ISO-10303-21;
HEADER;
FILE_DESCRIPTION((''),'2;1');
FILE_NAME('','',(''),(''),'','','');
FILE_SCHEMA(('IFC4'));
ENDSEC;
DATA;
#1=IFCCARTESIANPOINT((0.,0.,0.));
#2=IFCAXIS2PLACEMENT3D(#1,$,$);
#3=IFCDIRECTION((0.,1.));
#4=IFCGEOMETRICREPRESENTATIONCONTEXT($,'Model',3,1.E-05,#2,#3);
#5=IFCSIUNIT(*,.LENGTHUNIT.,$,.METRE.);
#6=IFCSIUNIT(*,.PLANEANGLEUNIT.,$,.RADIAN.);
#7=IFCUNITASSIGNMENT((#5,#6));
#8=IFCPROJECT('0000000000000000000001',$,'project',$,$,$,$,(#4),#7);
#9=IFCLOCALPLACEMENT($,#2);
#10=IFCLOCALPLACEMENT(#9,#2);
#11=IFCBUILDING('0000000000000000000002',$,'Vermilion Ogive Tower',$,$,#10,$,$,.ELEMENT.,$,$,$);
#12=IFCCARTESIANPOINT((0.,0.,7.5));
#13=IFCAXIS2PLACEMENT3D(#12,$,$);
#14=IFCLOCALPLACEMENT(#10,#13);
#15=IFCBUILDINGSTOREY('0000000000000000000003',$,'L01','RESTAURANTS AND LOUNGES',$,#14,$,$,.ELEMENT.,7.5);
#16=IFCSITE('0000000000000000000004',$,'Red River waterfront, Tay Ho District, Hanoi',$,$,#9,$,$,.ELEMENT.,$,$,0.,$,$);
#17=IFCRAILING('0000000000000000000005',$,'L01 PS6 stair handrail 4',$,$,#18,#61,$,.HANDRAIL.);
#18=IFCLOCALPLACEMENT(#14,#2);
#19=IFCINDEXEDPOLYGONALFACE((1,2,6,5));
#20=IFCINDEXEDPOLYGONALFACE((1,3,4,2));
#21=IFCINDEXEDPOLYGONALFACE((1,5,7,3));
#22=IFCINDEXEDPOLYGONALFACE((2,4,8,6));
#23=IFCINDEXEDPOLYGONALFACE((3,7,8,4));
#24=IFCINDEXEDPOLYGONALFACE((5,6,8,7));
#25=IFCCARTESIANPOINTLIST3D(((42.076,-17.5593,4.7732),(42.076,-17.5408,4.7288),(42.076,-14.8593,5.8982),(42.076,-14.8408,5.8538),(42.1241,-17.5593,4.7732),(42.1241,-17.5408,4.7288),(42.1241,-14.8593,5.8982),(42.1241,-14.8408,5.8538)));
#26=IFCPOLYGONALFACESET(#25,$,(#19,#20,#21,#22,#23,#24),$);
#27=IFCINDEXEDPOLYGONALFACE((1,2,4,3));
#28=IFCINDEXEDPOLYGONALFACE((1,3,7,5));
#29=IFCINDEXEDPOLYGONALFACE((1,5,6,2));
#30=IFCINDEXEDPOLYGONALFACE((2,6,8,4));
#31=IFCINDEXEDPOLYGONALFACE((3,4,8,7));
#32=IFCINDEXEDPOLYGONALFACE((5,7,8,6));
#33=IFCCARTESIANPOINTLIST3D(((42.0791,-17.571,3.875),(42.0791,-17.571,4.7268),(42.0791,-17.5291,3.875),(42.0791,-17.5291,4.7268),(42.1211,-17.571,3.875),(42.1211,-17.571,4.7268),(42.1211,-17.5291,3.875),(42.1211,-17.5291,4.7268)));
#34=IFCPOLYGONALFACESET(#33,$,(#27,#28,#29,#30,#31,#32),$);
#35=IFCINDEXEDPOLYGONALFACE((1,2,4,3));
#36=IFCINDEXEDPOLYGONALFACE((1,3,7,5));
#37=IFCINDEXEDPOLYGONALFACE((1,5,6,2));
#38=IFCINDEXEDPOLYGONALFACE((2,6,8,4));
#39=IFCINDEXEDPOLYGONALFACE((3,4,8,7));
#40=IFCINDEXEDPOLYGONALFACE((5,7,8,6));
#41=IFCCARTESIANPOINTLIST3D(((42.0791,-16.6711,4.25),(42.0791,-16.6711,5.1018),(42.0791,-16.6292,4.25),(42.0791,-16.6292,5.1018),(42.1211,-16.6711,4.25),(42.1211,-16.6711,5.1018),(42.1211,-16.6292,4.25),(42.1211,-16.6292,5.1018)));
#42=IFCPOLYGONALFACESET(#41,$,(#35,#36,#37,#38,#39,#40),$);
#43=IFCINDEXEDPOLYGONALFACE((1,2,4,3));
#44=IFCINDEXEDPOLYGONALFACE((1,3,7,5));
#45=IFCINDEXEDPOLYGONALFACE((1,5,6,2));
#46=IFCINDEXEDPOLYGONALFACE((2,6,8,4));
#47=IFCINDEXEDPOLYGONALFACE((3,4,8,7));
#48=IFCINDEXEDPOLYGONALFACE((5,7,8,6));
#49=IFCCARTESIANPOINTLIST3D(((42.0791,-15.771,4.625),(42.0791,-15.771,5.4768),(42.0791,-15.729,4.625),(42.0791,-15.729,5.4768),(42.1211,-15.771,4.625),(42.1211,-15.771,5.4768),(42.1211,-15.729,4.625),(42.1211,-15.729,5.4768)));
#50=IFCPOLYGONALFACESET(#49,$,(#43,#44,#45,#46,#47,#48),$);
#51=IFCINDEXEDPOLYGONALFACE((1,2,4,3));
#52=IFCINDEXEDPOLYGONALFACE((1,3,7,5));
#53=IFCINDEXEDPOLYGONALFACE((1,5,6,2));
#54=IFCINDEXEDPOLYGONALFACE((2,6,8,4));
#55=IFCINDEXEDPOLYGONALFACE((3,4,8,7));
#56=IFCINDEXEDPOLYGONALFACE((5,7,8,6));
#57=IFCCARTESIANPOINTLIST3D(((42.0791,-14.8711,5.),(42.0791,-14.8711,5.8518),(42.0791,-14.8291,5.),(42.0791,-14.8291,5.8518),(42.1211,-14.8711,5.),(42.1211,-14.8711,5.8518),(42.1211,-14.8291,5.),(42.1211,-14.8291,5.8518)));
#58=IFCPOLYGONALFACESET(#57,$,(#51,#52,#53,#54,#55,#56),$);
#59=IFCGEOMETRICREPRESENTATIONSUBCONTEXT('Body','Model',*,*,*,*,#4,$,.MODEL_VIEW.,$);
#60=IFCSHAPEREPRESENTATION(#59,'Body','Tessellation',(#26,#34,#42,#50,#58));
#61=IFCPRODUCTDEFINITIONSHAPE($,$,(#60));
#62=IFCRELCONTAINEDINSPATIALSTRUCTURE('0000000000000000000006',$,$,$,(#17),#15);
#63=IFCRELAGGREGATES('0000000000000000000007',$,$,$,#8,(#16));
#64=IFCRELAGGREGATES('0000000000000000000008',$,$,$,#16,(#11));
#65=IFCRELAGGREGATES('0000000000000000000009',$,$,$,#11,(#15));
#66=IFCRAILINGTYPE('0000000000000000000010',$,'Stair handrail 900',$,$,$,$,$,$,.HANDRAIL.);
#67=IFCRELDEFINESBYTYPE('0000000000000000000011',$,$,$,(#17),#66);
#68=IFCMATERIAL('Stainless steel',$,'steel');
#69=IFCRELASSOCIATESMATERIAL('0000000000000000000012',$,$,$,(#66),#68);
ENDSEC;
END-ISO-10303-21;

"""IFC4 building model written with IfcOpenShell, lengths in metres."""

from ifc_helpers import new_model, si_unit, direction, frame, origin, origin_2d, place, context, subcontext, project, spatial, rectangle, extrude, material, type_object, element, save


model = new_model("IFC4")

# Units and contexts
model_context = context("Model", 3, precision=1e-05, world=origin(), true_north=direction((0.0, 1.0)))
body_context = subcontext(model_context, "Body", "Model", "MODEL_VIEW")
ifc_project = project(units=[si_unit("LENGTHUNIT", "METRE"), si_unit("PLANEANGLEUNIT", "RADIAN")], contexts=[model_context])

# Site, building, storey
site_placement = place(None, origin())
site = spatial("IfcSite", under=ifc_project, at=site_placement, Name="Red River waterfront, Tay Ho District, Hanoi", CompositionType="ELEMENT", RefElevation=0.0)
building_placement = place(site_placement, origin())
building = spatial("IfcBuilding", under=site, at=building_placement, Name="Vermilion Ogive Tower", CompositionType="ELEMENT")
storey_placement = place(building_placement, frame((0.0, 0.0, 7.5)))
storey = spatial("IfcBuildingStorey", under=building, at=storey_placement, Name="L01", Description="RESTAURANTS AND LOUNGES", CompositionType="ELEMENT", Elevation=7.5)

# Railing
ifc_material_1 = material(Name="Stainless steel", Category="steel")
railing_type_1 = type_object("IfcRailingType", Name="Stair handrail 900", PredefinedType="HANDRAIL", material=ifc_material_1)
railing_1_placement = place(storey_placement, frame((42.1001, -17.55, 3.875)))
element("IfcRailing", 1, at=railing_1_placement, inside=storey, type_object=railing_type_1, Name="L01 PS6 stair handrail 4", PredefinedType="HANDRAIL", context=body_context, shape_type="SweptSolid", body=[
    extrude(rectangle(XDim=0.0481, YDim=0.0481, at=origin_2d()), frame((0.0, 0.0, 0.876), z_axis=(0.0, 0.923074, 0.384621), x_axis=(-1.0, 0.0, 0.0)), (0.0, 0.0, 1.0), 2.925),
    extrude(rectangle(XDim=0.042, YDim=0.042, at=origin_2d()), origin(), (0.0, 0.0, 1.0), 0.8518),
    extrude(rectangle(XDim=0.042, YDim=0.042, at=origin_2d()), frame((0.0, 0.8999, 0.375)), (0.0, 0.0, 1.0), 0.8518),
    extrude(rectangle(XDim=0.042, YDim=0.042, at=origin_2d()), frame((0.0, 1.8, 0.75)), (0.0, 0.0, 1.0), 0.8518),
    extrude(rectangle(XDim=0.042, YDim=0.042, at=origin_2d()), frame((0.0, 2.7, 1.125)), (0.0, 0.0, 1.0), 0.8518),
])

save(model, "model.ifc")
